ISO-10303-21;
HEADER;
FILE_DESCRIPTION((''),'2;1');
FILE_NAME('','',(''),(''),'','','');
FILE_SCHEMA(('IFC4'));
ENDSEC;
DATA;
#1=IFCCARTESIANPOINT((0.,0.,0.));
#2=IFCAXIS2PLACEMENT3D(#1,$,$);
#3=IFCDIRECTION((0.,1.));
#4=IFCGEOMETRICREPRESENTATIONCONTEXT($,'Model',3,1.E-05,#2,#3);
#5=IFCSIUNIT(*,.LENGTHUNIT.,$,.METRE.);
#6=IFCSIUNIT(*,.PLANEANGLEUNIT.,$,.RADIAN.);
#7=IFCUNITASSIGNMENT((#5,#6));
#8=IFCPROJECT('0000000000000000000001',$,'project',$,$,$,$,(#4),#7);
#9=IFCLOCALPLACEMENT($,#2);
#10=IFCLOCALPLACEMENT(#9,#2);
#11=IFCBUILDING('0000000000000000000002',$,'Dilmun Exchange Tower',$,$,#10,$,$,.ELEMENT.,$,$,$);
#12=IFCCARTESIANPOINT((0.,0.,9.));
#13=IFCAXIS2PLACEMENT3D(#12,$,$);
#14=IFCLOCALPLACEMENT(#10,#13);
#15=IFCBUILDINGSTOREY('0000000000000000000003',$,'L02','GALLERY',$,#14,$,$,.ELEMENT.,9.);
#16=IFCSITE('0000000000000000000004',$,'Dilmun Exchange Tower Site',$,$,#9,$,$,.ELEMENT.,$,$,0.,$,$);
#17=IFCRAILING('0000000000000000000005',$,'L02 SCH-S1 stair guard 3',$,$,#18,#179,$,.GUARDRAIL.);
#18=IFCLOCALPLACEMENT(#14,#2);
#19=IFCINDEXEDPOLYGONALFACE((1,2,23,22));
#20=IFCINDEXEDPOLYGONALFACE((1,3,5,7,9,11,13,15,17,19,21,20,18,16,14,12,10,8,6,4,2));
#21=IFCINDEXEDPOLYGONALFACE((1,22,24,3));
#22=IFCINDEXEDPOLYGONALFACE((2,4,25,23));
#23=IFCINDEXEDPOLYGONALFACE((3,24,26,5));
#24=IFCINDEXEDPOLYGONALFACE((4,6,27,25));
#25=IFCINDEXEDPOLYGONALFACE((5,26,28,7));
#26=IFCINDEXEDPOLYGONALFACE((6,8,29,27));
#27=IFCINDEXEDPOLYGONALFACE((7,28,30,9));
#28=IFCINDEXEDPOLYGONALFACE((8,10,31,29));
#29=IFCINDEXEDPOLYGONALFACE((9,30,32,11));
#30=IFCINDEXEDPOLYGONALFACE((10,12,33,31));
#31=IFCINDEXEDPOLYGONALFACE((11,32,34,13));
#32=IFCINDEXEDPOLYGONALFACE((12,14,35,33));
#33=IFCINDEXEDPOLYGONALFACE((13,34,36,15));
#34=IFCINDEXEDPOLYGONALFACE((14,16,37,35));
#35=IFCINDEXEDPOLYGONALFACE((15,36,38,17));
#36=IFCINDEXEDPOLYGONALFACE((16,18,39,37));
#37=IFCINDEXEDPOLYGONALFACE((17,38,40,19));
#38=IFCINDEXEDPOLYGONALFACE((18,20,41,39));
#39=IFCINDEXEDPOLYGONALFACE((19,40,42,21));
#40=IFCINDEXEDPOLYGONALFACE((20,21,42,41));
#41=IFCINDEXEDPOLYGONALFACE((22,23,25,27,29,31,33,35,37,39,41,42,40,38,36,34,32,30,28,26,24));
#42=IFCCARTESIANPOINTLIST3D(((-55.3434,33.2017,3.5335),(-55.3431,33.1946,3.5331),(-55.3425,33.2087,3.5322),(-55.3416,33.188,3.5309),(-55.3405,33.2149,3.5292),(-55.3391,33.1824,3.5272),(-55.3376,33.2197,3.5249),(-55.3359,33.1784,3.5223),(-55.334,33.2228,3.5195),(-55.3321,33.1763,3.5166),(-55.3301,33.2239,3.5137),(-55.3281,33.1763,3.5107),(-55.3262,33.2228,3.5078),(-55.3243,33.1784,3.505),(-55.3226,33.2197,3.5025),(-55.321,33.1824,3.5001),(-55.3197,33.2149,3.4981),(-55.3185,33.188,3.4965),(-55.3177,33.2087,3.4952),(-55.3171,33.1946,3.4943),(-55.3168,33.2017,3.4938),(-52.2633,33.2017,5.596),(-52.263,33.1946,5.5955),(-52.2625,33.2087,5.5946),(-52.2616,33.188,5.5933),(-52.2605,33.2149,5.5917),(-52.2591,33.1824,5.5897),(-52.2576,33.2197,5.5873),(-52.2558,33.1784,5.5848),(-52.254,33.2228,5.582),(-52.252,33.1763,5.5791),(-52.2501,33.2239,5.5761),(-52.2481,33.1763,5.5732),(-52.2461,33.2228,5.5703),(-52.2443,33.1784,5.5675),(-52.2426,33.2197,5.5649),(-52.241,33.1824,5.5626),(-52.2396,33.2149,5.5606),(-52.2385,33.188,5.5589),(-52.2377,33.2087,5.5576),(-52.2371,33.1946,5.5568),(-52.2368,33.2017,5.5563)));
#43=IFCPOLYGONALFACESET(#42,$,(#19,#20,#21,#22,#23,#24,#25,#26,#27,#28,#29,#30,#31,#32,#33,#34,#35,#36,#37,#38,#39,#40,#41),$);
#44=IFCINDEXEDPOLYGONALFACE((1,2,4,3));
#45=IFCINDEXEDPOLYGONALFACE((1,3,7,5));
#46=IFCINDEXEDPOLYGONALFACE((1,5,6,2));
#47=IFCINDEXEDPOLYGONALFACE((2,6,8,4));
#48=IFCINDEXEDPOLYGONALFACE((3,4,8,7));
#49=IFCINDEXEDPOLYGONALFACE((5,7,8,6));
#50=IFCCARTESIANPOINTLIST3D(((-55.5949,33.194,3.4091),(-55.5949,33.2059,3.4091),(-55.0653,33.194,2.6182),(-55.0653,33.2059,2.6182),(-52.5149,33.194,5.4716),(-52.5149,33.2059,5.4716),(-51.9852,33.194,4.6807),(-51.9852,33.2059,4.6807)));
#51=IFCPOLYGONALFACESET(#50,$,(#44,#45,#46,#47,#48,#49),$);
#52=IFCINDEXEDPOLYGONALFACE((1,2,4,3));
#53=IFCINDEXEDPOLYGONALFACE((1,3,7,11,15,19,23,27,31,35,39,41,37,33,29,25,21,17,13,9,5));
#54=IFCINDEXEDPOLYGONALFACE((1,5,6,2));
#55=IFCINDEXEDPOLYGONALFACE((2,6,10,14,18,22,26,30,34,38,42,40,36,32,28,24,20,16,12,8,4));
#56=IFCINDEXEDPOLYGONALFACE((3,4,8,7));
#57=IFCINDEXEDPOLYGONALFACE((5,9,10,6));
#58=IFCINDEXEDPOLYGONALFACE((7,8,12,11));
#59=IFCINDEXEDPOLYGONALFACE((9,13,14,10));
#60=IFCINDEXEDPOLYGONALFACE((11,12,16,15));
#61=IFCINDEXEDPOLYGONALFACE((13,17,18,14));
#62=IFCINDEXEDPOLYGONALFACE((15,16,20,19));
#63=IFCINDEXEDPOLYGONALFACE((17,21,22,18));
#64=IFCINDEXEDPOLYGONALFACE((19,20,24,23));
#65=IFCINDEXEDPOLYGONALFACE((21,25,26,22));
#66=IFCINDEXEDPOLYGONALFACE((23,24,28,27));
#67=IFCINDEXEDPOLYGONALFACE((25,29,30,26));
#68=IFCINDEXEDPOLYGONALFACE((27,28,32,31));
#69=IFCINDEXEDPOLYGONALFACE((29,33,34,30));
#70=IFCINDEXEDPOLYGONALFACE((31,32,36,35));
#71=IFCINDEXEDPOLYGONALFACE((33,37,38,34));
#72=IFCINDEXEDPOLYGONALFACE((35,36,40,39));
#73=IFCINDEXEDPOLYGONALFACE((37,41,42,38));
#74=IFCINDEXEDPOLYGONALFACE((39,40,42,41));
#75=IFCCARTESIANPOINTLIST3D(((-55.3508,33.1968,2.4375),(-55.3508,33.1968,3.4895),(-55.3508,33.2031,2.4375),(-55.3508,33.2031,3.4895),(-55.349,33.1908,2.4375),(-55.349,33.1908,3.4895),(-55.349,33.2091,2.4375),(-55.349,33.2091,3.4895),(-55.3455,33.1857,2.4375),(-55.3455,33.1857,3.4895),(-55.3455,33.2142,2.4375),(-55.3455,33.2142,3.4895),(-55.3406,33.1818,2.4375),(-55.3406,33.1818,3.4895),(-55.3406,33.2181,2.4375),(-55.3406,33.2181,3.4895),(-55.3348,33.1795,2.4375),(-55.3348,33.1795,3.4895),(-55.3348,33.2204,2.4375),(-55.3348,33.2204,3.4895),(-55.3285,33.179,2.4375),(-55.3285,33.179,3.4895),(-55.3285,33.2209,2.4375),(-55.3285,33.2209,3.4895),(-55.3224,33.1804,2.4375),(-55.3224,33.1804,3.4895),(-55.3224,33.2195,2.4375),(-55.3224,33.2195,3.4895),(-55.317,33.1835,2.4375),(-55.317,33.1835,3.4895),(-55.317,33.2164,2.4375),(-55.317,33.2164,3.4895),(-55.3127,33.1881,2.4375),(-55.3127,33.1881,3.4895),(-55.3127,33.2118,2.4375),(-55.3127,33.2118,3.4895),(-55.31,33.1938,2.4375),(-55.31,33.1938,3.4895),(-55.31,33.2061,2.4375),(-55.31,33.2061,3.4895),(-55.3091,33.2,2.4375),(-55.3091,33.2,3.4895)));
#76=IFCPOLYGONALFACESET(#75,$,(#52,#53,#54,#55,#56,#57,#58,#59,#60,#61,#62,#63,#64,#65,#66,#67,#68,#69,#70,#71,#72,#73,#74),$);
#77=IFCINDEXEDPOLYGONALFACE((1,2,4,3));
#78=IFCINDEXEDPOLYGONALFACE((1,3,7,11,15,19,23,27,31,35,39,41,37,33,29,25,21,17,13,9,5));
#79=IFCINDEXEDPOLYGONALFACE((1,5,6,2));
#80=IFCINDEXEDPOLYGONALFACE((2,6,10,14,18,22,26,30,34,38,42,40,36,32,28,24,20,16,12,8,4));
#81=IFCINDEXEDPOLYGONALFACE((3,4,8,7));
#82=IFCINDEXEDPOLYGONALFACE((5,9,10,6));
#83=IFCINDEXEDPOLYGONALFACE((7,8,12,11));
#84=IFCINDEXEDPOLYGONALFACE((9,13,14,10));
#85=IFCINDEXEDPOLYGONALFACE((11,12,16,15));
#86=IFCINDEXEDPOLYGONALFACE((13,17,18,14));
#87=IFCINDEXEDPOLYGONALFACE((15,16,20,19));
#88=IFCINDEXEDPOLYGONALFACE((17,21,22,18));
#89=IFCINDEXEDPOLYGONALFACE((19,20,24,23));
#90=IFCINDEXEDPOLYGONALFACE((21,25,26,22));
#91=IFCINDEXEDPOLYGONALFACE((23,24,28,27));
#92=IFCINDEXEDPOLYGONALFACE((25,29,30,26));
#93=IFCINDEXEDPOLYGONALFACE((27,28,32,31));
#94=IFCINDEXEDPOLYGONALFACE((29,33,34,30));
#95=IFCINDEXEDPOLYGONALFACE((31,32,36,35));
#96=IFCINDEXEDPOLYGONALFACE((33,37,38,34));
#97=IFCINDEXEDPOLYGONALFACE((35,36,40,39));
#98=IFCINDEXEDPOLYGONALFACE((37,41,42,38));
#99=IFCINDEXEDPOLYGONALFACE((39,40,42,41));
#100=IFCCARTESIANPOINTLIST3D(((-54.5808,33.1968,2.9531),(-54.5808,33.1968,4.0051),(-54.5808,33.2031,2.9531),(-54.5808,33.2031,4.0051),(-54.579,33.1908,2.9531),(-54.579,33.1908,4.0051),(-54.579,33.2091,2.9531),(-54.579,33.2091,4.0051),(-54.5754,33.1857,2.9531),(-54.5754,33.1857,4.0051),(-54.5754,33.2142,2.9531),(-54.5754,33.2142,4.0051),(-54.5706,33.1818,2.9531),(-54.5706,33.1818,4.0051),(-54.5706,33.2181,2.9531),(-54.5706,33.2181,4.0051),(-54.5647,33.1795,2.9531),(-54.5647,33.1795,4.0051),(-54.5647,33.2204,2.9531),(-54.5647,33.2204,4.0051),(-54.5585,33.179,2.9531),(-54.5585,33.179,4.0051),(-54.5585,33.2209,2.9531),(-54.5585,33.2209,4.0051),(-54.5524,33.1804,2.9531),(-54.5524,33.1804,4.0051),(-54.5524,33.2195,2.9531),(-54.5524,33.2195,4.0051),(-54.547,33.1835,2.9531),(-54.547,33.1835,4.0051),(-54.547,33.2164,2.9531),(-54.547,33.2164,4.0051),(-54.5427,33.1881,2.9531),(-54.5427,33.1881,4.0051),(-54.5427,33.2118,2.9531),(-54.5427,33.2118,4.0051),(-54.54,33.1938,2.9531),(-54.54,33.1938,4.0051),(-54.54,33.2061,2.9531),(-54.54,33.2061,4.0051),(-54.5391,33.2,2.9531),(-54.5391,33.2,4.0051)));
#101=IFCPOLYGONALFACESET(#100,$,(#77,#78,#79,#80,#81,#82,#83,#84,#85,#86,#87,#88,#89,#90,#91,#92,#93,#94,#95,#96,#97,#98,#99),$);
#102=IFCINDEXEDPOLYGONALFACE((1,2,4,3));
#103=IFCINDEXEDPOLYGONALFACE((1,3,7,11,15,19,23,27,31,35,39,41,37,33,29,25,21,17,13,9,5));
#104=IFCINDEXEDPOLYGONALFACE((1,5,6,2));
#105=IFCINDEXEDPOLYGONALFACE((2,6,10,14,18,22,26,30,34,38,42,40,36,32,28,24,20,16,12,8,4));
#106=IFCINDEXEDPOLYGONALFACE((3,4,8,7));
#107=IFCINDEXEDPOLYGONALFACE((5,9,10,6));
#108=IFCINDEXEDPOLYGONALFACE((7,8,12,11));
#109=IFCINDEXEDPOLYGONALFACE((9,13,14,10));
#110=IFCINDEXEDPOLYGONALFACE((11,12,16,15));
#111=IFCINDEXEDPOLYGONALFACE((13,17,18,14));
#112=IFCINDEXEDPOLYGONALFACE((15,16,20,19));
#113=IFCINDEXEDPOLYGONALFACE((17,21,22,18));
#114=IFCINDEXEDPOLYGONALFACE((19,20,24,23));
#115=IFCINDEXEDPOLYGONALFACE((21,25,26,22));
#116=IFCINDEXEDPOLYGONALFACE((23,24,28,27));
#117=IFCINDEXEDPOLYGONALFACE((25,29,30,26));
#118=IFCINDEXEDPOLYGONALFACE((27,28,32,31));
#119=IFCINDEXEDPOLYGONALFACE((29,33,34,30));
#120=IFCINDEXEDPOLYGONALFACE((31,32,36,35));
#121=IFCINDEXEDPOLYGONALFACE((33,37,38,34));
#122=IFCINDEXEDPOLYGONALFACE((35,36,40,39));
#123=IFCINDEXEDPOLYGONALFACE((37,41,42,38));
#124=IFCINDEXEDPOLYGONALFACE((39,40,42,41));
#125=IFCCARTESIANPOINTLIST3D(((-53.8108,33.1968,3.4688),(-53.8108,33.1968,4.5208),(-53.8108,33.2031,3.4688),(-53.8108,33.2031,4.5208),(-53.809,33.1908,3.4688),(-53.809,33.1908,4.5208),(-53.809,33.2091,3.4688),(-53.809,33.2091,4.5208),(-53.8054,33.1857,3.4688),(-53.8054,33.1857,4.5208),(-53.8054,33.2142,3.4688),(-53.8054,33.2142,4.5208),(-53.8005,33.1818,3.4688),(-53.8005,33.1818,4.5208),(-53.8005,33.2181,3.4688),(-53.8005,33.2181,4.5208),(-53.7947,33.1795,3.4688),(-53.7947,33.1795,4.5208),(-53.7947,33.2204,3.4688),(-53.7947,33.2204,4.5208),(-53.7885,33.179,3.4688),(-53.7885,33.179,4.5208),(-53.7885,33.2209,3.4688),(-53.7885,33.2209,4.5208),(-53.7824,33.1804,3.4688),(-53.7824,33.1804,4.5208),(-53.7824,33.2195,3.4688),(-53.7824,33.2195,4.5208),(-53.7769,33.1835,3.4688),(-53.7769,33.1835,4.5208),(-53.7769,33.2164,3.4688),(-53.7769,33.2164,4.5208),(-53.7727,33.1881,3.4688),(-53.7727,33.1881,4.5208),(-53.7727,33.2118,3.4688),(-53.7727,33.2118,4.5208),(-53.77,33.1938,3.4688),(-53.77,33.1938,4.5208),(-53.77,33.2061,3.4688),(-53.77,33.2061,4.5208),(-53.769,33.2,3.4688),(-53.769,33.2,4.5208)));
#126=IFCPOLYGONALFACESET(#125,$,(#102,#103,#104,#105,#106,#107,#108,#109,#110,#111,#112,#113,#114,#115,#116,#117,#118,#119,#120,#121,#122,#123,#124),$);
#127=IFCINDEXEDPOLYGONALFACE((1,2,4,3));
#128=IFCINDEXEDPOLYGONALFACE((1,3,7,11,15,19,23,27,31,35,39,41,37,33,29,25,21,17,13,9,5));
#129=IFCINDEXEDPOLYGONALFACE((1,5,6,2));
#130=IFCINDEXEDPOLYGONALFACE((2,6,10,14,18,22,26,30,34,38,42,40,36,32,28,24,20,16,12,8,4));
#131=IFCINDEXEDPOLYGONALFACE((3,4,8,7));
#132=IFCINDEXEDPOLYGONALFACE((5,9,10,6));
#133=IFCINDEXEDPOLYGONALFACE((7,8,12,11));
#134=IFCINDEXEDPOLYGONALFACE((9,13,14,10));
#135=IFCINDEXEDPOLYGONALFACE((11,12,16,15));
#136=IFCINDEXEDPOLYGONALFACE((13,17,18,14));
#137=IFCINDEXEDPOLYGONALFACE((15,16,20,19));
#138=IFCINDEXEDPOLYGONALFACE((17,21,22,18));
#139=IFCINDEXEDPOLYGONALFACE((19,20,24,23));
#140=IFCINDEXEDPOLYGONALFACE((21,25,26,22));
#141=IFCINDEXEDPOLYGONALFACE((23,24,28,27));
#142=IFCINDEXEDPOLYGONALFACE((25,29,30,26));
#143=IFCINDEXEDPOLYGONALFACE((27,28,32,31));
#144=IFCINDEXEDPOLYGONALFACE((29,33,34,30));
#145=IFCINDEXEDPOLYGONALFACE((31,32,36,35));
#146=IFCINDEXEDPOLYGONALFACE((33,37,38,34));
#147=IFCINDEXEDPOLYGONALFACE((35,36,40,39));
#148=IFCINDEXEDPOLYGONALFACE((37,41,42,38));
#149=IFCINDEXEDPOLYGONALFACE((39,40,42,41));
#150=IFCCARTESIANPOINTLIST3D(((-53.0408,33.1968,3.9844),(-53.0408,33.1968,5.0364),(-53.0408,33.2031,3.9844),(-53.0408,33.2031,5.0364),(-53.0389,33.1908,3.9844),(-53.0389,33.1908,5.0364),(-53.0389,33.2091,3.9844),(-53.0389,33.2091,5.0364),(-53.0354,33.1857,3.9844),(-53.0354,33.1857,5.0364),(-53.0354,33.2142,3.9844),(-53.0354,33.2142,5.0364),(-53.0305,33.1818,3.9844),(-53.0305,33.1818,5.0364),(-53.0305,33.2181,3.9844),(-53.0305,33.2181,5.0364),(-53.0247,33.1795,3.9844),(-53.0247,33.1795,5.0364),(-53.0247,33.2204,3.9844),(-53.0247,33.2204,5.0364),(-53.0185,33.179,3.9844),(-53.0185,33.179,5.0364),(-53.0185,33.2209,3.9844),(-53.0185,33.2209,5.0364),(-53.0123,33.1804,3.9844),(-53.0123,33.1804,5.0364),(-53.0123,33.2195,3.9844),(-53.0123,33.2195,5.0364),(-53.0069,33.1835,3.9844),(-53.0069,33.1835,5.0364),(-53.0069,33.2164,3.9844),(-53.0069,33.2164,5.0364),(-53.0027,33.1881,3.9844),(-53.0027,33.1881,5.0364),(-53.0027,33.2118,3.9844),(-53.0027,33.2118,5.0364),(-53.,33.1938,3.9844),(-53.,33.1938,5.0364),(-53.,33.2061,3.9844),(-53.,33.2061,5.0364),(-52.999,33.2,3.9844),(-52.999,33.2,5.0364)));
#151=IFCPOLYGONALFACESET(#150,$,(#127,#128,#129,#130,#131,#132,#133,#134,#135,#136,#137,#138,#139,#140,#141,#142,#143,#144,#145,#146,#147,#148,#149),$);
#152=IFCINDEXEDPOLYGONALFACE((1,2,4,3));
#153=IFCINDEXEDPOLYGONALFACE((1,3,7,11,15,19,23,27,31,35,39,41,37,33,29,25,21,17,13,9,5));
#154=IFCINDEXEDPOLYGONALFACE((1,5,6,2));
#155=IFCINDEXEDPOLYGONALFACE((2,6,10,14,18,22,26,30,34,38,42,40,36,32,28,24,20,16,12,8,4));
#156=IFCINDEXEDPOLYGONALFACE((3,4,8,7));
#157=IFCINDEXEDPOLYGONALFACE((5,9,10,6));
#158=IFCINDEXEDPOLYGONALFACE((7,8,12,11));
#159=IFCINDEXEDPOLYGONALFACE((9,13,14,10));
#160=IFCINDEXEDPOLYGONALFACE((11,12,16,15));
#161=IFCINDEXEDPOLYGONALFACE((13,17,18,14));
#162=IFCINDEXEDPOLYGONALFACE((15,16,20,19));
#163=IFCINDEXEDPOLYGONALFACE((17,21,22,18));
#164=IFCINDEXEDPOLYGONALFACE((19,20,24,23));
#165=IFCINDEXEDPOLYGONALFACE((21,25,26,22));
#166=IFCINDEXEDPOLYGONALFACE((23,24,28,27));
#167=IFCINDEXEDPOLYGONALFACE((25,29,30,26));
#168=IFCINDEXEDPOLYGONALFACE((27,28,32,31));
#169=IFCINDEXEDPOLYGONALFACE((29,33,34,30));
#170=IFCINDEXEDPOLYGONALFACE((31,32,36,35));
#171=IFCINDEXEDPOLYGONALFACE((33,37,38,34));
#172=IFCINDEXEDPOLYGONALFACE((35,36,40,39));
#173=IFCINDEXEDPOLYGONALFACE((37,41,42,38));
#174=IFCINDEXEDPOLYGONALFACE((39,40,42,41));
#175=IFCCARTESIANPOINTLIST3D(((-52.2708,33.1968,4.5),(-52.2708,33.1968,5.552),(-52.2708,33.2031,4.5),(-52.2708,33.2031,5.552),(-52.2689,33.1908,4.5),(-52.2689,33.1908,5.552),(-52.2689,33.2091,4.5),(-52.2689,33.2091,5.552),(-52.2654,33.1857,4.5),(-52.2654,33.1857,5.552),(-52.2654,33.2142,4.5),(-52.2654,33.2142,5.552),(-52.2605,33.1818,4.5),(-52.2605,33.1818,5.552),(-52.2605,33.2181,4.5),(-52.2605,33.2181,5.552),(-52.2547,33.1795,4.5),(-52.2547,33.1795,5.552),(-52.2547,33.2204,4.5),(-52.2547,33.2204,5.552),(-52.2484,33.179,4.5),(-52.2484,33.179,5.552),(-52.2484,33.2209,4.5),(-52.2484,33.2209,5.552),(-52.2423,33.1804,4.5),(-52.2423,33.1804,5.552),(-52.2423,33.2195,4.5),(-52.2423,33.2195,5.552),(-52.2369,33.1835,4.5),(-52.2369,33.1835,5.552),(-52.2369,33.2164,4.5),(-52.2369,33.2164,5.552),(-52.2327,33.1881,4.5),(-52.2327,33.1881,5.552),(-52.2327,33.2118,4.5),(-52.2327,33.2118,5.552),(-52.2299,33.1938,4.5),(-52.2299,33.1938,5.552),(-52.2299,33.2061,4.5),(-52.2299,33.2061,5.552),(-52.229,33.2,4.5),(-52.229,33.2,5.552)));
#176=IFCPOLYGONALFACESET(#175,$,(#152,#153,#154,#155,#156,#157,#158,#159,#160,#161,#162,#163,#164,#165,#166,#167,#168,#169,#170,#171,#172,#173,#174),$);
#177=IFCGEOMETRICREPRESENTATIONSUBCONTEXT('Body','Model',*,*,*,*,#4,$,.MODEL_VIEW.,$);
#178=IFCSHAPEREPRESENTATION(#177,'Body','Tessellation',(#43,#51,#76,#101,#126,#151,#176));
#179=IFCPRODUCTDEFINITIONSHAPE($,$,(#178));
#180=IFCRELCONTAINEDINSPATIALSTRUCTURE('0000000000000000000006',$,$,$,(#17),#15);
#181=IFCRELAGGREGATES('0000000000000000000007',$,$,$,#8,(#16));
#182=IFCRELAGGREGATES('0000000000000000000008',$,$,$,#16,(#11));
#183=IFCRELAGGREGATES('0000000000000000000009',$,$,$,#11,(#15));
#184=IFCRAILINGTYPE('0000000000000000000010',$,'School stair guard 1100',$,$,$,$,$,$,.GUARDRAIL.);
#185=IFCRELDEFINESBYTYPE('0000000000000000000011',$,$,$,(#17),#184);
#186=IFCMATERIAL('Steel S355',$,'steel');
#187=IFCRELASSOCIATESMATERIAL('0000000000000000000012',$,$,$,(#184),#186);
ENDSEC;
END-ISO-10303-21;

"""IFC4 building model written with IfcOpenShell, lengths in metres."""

from ifc_helpers import new_model, si_unit, direction, frame, origin, origin_2d, place, context, subcontext, project, spatial, rectangle, circle, extrude, material, type_object, element, save


model = new_model("IFC4")

# Units and contexts
model_context = context("Model", 3, precision=1e-05, world=origin(), true_north=direction((0.0, 1.0)))
body_context = subcontext(model_context, "Body", "Model", "MODEL_VIEW")
ifc_project = project(units=[si_unit("LENGTHUNIT", "METRE"), si_unit("PLANEANGLEUNIT", "RADIAN")], contexts=[model_context])

# Site, building, storey
site_placement = place(None, origin())
site = spatial("IfcSite", under=ifc_project, at=site_placement, Name="Dilmun Exchange Tower Site", CompositionType="ELEMENT", RefElevation=0.0)
building_placement = place(site_placement, origin())
building = spatial("IfcBuilding", under=site, at=building_placement, Name="Dilmun Exchange Tower", CompositionType="ELEMENT")
storey_placement = place(building_placement, frame((0.0, 0.0, 9.0)))
storey = spatial("IfcBuildingStorey", under=building, at=storey_placement, Name="L02", Description="GALLERY", CompositionType="ELEMENT", Elevation=9.0)

# Railing
ifc_material_1 = material(Name="Steel S355", Category="steel")
railing_type_1 = type_object("IfcRailingType", Name="School stair guard 1100", PredefinedType="GUARDRAIL", material=ifc_material_1)
railing_1_placement = place(storey_placement, frame((-55.3301, 33.2, 2.4375)))
element("IfcRailing", 1, at=railing_1_placement, inside=storey, type_object=railing_type_1, Name="L02 SCH-S1 stair guard 3", PredefinedType="GUARDRAIL", context=body_context, shape_type="SweptSolid", body=[
    extrude(circle(Radius=0.0239, at=origin_2d()), frame((0.0, 0.0, 1.0762), z_axis=(0.830914, 0.0, 0.556401), x_axis=(0.0, 1.0, 0.0)), (0.0, 0.0, 1.0), 3.7068),
    extrude(rectangle(XDim=0.012, YDim=0.9519, at=origin_2d()), frame((0.0, 0.0, 0.5762), z_axis=(0.830914, 0.0, 0.556401), x_axis=(0.0, 1.0, 0.0)), (0.0, 0.0, 1.0), 3.7068),
    extrude(circle(Radius=0.021, at=origin_2d()), origin(), (0.0, 0.0, 1.0), 1.052),
    extrude(circle(Radius=0.021, at=origin_2d()), frame((0.77, 0.0, 0.5156)), (0.0, 0.0, 1.0), 1.052),
    extrude(circle(Radius=0.021, at=origin_2d()), frame((1.54, 0.0, 1.0312)), (0.0, 0.0, 1.0), 1.052),
    extrude(circle(Radius=0.021, at=origin_2d()), frame((2.3101, 0.0, 1.5469)), (0.0, 0.0, 1.0), 1.052),
    extrude(circle(Radius=0.021, at=origin_2d()), frame((3.0801, 0.0, 2.0625)), (0.0, 0.0, 1.0), 1.052),
])

save(model, "model.ifc")
